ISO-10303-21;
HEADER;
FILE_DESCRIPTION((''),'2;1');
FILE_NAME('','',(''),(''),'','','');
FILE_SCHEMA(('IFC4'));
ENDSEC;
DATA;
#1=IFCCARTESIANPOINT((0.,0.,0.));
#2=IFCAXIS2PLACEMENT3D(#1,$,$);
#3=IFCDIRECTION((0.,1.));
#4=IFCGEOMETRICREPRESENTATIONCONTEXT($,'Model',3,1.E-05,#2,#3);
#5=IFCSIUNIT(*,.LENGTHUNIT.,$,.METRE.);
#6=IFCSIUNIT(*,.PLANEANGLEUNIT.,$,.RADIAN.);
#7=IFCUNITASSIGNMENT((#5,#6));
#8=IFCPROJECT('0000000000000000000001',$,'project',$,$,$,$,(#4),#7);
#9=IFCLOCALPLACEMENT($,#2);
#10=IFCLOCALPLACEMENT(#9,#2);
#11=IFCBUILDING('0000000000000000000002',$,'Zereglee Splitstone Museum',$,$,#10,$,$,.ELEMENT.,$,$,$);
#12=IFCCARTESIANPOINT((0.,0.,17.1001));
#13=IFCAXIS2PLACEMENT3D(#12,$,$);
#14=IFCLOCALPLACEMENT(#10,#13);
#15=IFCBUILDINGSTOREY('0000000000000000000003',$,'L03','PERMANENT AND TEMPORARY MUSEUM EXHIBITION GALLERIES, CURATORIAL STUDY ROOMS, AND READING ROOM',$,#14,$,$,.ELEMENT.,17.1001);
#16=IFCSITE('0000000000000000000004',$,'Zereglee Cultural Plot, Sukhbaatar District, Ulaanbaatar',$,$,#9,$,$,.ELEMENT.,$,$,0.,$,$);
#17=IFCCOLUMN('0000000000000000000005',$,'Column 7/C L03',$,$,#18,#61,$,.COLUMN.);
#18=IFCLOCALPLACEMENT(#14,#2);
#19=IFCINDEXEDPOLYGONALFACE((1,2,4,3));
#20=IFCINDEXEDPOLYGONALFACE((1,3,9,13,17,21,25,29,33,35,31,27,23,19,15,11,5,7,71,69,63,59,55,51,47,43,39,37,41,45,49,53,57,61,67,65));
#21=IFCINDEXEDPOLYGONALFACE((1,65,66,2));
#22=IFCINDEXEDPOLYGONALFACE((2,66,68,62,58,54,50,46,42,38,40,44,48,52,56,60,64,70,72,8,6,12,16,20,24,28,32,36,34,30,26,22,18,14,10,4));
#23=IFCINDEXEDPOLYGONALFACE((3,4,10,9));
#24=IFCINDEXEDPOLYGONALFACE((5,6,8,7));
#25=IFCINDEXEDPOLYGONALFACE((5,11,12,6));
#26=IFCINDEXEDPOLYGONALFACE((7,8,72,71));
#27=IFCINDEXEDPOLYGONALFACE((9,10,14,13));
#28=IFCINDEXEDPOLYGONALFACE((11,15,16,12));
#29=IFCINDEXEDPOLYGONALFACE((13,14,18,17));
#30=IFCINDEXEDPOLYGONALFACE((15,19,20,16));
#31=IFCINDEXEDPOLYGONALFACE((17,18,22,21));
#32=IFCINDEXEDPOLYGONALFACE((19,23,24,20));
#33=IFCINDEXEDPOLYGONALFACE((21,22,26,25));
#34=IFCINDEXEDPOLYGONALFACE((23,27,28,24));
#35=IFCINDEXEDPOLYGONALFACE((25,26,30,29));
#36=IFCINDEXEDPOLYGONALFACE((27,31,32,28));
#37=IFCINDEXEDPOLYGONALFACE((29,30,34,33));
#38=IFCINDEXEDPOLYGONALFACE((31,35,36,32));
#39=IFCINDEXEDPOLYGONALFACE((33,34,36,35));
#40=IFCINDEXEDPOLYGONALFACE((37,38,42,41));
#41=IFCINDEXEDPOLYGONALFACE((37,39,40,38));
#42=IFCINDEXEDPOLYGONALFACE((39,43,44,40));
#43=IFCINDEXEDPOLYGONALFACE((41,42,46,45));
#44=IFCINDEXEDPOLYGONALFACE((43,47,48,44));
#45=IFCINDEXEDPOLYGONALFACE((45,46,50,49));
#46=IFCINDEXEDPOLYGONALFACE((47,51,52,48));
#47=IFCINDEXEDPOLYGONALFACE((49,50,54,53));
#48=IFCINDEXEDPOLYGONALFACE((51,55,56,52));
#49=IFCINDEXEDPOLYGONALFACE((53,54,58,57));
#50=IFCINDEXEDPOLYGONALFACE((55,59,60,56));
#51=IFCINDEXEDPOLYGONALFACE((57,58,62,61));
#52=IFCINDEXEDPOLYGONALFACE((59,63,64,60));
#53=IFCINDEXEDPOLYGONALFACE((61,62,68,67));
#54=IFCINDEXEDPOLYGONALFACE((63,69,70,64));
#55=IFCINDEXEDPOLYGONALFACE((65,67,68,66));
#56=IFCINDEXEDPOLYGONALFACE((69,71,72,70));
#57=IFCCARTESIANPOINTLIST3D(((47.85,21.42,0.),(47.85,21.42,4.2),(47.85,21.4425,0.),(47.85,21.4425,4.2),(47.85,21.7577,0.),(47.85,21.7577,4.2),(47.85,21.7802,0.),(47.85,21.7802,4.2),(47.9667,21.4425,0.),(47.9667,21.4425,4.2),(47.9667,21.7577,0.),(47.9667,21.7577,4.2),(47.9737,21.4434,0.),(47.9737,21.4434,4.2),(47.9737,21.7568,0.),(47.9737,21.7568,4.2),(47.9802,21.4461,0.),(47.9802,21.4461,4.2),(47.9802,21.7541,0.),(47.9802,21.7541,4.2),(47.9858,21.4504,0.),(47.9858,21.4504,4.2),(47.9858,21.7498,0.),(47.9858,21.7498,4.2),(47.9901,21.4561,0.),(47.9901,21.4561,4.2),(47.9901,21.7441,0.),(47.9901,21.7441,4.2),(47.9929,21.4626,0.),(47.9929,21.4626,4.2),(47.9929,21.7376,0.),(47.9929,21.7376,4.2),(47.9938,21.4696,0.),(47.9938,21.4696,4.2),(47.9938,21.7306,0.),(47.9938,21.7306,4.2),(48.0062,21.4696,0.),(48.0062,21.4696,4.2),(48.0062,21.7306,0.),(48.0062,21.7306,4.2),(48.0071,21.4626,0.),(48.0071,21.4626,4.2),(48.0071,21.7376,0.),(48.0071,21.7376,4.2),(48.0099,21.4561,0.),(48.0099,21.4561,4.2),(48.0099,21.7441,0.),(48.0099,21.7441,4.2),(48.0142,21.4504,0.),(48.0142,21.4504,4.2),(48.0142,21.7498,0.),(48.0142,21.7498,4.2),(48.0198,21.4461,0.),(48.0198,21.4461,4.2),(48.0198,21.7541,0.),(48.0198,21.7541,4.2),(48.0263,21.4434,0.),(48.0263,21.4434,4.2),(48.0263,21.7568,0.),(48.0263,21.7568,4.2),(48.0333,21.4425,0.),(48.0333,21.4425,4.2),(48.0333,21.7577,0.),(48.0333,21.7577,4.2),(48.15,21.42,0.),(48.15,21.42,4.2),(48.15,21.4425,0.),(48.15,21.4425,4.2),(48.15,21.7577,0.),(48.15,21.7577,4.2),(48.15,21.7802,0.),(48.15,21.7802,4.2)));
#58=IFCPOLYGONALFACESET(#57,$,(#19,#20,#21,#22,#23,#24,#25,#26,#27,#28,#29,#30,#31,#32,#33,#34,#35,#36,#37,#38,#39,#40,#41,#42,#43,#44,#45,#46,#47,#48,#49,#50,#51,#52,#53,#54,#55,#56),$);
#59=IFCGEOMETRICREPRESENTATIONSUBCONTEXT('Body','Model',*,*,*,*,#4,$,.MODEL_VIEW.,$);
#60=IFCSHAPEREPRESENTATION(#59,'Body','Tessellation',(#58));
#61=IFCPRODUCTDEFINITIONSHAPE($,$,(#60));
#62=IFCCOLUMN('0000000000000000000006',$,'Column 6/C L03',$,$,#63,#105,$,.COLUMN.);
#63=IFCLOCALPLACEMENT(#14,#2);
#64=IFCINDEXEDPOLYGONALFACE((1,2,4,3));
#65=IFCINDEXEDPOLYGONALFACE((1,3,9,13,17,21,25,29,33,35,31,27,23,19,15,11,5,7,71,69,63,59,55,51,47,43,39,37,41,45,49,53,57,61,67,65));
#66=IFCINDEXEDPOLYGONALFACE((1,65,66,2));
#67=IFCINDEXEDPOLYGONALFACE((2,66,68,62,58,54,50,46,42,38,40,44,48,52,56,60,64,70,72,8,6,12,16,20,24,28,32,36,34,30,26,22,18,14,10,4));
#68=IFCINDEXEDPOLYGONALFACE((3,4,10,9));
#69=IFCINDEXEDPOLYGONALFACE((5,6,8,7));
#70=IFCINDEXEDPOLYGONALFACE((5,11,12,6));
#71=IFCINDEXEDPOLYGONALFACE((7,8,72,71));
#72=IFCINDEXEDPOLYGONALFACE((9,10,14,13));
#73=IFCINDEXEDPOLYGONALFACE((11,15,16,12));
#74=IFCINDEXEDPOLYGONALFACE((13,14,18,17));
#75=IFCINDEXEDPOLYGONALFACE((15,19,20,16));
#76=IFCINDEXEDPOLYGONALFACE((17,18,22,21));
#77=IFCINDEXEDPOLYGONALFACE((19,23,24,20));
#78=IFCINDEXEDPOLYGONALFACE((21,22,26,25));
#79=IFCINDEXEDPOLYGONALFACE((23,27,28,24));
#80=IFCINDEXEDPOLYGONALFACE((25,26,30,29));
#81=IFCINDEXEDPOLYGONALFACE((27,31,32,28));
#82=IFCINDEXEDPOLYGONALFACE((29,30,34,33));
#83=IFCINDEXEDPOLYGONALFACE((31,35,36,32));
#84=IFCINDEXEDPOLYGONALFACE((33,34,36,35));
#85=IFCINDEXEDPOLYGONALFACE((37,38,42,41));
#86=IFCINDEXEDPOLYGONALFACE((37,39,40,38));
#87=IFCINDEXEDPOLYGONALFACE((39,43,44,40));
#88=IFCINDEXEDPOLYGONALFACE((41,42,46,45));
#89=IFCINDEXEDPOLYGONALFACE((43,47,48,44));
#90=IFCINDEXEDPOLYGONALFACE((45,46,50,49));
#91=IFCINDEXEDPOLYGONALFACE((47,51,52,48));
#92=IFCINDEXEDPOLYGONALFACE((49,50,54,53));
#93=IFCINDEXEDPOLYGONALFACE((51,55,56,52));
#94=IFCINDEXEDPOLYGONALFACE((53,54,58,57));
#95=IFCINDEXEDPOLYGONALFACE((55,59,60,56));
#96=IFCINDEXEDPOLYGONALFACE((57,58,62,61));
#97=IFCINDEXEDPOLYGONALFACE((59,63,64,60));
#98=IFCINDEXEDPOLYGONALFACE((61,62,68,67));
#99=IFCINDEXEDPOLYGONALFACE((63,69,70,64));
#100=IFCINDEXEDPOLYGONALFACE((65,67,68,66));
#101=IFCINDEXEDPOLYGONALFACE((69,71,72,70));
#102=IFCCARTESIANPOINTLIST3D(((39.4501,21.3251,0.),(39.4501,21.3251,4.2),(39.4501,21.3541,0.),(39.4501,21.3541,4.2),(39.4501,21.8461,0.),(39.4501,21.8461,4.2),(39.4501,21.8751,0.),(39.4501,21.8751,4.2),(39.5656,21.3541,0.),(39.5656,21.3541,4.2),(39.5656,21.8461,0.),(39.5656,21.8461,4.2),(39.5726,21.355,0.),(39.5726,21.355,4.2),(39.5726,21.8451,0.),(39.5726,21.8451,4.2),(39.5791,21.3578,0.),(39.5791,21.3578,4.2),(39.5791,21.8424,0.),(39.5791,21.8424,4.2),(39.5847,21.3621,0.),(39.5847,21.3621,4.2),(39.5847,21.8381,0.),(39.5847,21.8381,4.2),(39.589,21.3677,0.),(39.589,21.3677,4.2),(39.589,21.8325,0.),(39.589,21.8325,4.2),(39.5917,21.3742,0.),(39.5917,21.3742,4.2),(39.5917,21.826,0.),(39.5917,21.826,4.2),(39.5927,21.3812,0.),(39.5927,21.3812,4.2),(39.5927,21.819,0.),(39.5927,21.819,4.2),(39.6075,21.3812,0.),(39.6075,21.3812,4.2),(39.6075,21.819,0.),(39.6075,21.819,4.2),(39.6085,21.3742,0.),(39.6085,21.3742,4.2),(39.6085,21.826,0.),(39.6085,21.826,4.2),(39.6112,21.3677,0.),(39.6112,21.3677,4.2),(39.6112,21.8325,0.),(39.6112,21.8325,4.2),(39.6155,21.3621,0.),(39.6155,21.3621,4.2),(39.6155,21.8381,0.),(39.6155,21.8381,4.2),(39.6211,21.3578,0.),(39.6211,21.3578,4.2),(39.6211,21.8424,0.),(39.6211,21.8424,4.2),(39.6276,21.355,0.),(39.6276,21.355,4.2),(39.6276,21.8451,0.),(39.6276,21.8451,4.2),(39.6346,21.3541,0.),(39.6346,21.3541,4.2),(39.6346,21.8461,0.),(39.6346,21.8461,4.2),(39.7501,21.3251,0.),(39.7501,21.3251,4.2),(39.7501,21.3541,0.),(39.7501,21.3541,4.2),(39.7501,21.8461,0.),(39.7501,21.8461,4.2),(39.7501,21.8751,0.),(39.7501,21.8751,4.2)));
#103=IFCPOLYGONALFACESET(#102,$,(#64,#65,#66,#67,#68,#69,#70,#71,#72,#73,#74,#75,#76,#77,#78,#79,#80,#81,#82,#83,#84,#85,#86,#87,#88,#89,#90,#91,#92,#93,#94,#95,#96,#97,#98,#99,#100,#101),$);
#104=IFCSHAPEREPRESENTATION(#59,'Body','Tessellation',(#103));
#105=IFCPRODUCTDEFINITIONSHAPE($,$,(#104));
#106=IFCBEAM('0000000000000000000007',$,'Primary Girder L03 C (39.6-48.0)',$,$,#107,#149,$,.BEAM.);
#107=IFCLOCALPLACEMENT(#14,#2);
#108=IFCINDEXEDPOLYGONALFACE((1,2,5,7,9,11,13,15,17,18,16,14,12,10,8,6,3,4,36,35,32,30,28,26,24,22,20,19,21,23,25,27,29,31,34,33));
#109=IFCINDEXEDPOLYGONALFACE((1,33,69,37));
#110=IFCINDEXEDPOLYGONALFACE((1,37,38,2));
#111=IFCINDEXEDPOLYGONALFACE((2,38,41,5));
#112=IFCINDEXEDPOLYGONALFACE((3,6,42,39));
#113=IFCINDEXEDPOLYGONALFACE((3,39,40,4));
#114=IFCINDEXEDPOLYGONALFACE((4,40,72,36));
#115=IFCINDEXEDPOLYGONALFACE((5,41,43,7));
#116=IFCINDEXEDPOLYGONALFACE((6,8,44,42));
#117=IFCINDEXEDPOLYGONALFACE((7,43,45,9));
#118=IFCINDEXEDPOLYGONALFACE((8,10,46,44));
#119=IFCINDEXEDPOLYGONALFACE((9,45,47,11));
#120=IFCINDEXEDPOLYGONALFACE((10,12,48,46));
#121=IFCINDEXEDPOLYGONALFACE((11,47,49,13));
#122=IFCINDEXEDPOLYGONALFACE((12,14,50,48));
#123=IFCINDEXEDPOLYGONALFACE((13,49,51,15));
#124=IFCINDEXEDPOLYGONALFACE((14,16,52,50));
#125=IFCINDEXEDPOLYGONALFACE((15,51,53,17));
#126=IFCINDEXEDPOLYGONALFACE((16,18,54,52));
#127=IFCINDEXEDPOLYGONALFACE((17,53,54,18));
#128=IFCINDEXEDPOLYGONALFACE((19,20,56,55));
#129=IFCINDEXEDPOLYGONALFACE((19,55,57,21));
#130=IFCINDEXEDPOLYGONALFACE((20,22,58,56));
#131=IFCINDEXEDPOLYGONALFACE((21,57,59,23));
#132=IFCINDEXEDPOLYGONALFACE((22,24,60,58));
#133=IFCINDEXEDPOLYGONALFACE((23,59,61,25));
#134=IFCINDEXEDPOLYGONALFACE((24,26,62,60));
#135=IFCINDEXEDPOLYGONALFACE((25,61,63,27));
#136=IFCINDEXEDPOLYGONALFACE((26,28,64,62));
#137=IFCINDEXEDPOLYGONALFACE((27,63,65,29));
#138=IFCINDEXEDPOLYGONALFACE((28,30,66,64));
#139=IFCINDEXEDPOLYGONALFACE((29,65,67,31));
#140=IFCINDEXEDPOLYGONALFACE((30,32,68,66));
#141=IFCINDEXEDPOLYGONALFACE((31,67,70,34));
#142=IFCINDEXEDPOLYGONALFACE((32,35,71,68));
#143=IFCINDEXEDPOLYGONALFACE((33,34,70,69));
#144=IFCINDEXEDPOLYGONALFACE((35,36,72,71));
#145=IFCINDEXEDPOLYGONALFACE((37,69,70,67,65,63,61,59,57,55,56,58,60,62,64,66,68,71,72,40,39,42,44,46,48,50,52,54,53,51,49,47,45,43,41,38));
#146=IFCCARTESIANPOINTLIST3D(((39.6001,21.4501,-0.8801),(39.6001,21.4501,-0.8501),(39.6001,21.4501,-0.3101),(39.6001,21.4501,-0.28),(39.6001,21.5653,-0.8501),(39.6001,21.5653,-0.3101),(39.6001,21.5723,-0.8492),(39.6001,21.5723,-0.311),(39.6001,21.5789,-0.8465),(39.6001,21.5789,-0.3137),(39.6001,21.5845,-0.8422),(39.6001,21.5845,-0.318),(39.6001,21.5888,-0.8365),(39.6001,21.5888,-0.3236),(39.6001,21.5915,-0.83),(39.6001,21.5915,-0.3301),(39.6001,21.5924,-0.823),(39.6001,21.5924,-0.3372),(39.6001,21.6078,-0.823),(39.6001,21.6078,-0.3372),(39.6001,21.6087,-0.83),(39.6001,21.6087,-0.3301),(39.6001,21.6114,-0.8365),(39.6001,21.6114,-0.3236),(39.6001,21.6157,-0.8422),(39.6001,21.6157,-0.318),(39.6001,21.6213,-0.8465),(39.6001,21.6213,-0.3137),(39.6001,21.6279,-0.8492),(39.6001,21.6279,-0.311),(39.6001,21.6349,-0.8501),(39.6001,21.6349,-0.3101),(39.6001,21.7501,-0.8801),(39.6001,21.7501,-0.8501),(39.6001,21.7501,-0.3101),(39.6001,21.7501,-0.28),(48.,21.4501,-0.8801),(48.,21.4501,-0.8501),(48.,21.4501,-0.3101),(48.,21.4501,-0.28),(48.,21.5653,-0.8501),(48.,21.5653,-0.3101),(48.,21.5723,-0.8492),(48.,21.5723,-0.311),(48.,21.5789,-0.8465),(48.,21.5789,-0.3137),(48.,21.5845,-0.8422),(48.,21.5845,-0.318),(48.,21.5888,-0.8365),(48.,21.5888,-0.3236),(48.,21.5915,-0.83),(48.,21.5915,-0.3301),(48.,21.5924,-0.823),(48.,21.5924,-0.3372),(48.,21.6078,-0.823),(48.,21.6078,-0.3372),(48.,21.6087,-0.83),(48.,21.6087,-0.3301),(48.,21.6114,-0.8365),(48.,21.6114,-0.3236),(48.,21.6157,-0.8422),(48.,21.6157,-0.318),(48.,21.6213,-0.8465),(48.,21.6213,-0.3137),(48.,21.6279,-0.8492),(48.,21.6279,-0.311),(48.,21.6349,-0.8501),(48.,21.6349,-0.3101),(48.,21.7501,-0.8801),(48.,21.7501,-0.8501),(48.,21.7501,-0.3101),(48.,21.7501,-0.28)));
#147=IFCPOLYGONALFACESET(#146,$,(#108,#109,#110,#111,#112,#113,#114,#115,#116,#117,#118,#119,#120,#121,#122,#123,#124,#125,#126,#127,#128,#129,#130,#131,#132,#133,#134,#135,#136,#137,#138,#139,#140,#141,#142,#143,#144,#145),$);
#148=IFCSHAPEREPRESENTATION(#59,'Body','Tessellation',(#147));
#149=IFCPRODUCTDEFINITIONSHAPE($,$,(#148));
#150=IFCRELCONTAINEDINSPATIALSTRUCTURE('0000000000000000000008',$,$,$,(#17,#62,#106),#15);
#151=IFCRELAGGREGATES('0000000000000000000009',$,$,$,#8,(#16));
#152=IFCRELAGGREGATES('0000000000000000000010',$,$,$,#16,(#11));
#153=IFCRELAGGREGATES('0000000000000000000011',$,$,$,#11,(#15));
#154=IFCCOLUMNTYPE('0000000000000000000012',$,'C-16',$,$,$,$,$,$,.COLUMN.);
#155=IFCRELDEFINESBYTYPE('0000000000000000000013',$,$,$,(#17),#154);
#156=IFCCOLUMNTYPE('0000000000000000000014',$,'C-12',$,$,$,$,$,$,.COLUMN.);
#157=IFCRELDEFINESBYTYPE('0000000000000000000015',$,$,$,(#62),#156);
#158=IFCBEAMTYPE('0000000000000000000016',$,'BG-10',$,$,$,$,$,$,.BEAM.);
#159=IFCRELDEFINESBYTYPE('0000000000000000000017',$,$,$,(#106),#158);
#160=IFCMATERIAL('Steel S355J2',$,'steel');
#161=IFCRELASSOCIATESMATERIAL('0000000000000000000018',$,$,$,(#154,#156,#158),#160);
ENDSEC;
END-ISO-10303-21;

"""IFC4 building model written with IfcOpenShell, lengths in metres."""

from ifc_helpers import new_model, si_unit, direction, frame, origin, origin_2d, place, context, subcontext, project, spatial, i_section, extrude, material, material_profile, profile_set, type_object, element, save


model = new_model("IFC4")

# Units and contexts
model_context = context("Model", 3, precision=1e-05, world=origin(), true_north=direction((0.0, 1.0)))
body_context = subcontext(model_context, "Body", "Model", "MODEL_VIEW")
ifc_project = project(units=[si_unit("LENGTHUNIT", "METRE"), si_unit("PLANEANGLEUNIT", "RADIAN")], contexts=[model_context])

# Site, building, storey
site_placement = place(None, origin())
site = spatial("IfcSite", under=ifc_project, at=site_placement, Name="Zereglee Cultural Plot, Sukhbaatar District, Ulaanbaatar", CompositionType="ELEMENT", RefElevation=0.0)
building_placement = place(site_placement, origin())
building = spatial("IfcBuilding", under=site, at=building_placement, Name="Zereglee Splitstone Museum", CompositionType="ELEMENT")
storey_placement = place(building_placement, frame((0.0, 0.0, 17.1001)))
storey = spatial("IfcBuildingStorey", under=building, at=storey_placement, Name="L03", Description="PERMANENT AND TEMPORARY MUSEUM EXHIBITION GALLERIES, CURATORIAL STUDY ROOMS, AND READING ROOM", CompositionType="ELEMENT", Elevation=17.1001)

# Columns
ifc_material_1 = material(Name="Steel S355J2", Category="steel")
ifc_material_profile_1 = material_profile(ifc_material_1, i_section(OverallWidth=0.3, OverallDepth=0.3601, WebThickness=0.0125, FlangeThickness=0.0225, FilletRadius=0.0271, at=origin_2d()), Name="HE 360 B")
ifc_profile_set_1 = profile_set([ifc_material_profile_1], Name="Steel S355J2")
column_type_1 = type_object("IfcColumnType", Name="C-16", PredefinedType="COLUMN", material=ifc_profile_set_1)
column_1_placement = place(storey_placement, frame((48.0, 21.6001, 0.0), z_axis=(0.0, 0.0, 1.0), x_axis=(1.0, 0.0, 0.0)))
element("IfcColumn", 1, at=column_1_placement, inside=storey, type_object=column_type_1, Name="Column 7/C L03", PredefinedType="COLUMN", context=body_context, shape_type="SweptSolid", body=[
    extrude(i_section(OverallWidth=0.3, OverallDepth=0.3601, WebThickness=0.0125, FlangeThickness=0.0225, FilletRadius=0.0271, at=origin_2d()), origin(), (0.0, 0.0, 1.0), 4.2),
])
ifc_material_profile_2 = material_profile(ifc_material_1, i_section(OverallWidth=0.3, OverallDepth=0.55, WebThickness=0.0149, FlangeThickness=0.0291, FilletRadius=0.0271, at=origin_2d()), Name="HE 550 B")
ifc_profile_set_2 = profile_set([ifc_material_profile_2], Name="Steel S355J2")
column_type_2 = type_object("IfcColumnType", Name="C-12", PredefinedType="COLUMN", material=ifc_profile_set_2)
column_2_placement = place(storey_placement, frame((39.6001, 21.6001, 0.0), z_axis=(0.0, 0.0, 1.0), x_axis=(1.0, 0.0, 0.0)))
element("IfcColumn", 2, at=column_2_placement, inside=storey, type_object=column_type_2, Name="Column 6/C L03", PredefinedType="COLUMN", context=body_context, shape_type="SweptSolid", body=[
    extrude(i_section(OverallWidth=0.3, OverallDepth=0.55, WebThickness=0.0149, FlangeThickness=0.0291, FilletRadius=0.0271, at=origin_2d()), origin(), (0.0, 0.0, 1.0), 4.2),
])

# Beam
ifc_material_profile_3 = material_profile(ifc_material_1, i_section(OverallWidth=0.3, OverallDepth=0.6001, WebThickness=0.0154, FlangeThickness=0.03, FilletRadius=0.0271, at=origin_2d()), Name="HE 600 B")
ifc_profile_set_3 = profile_set([ifc_material_profile_3], Name="Steel S355J2")
beam_type_1 = type_object("IfcBeamType", Name="BG-10", PredefinedType="BEAM", material=ifc_profile_set_3)
beam_1_placement = place(storey_placement, frame((39.6001, 21.6001, -0.5801), z_axis=(1.0, 0.0, 0.0), x_axis=(0.0, 1.0, 0.0)))
element("IfcBeam", 3, at=beam_1_placement, inside=storey, type_object=beam_type_1, Name="Primary Girder L03 C (39.6-48.0)", PredefinedType="BEAM", context=body_context, shape_type="SweptSolid", body=[
    extrude(i_section(OverallWidth=0.3, OverallDepth=0.6001, WebThickness=0.0154, FlangeThickness=0.03, FilletRadius=0.0271, at=origin_2d()), origin(), (0.0, 0.0, 1.0), 8.3999),
])

save(model, "model.ifc")
